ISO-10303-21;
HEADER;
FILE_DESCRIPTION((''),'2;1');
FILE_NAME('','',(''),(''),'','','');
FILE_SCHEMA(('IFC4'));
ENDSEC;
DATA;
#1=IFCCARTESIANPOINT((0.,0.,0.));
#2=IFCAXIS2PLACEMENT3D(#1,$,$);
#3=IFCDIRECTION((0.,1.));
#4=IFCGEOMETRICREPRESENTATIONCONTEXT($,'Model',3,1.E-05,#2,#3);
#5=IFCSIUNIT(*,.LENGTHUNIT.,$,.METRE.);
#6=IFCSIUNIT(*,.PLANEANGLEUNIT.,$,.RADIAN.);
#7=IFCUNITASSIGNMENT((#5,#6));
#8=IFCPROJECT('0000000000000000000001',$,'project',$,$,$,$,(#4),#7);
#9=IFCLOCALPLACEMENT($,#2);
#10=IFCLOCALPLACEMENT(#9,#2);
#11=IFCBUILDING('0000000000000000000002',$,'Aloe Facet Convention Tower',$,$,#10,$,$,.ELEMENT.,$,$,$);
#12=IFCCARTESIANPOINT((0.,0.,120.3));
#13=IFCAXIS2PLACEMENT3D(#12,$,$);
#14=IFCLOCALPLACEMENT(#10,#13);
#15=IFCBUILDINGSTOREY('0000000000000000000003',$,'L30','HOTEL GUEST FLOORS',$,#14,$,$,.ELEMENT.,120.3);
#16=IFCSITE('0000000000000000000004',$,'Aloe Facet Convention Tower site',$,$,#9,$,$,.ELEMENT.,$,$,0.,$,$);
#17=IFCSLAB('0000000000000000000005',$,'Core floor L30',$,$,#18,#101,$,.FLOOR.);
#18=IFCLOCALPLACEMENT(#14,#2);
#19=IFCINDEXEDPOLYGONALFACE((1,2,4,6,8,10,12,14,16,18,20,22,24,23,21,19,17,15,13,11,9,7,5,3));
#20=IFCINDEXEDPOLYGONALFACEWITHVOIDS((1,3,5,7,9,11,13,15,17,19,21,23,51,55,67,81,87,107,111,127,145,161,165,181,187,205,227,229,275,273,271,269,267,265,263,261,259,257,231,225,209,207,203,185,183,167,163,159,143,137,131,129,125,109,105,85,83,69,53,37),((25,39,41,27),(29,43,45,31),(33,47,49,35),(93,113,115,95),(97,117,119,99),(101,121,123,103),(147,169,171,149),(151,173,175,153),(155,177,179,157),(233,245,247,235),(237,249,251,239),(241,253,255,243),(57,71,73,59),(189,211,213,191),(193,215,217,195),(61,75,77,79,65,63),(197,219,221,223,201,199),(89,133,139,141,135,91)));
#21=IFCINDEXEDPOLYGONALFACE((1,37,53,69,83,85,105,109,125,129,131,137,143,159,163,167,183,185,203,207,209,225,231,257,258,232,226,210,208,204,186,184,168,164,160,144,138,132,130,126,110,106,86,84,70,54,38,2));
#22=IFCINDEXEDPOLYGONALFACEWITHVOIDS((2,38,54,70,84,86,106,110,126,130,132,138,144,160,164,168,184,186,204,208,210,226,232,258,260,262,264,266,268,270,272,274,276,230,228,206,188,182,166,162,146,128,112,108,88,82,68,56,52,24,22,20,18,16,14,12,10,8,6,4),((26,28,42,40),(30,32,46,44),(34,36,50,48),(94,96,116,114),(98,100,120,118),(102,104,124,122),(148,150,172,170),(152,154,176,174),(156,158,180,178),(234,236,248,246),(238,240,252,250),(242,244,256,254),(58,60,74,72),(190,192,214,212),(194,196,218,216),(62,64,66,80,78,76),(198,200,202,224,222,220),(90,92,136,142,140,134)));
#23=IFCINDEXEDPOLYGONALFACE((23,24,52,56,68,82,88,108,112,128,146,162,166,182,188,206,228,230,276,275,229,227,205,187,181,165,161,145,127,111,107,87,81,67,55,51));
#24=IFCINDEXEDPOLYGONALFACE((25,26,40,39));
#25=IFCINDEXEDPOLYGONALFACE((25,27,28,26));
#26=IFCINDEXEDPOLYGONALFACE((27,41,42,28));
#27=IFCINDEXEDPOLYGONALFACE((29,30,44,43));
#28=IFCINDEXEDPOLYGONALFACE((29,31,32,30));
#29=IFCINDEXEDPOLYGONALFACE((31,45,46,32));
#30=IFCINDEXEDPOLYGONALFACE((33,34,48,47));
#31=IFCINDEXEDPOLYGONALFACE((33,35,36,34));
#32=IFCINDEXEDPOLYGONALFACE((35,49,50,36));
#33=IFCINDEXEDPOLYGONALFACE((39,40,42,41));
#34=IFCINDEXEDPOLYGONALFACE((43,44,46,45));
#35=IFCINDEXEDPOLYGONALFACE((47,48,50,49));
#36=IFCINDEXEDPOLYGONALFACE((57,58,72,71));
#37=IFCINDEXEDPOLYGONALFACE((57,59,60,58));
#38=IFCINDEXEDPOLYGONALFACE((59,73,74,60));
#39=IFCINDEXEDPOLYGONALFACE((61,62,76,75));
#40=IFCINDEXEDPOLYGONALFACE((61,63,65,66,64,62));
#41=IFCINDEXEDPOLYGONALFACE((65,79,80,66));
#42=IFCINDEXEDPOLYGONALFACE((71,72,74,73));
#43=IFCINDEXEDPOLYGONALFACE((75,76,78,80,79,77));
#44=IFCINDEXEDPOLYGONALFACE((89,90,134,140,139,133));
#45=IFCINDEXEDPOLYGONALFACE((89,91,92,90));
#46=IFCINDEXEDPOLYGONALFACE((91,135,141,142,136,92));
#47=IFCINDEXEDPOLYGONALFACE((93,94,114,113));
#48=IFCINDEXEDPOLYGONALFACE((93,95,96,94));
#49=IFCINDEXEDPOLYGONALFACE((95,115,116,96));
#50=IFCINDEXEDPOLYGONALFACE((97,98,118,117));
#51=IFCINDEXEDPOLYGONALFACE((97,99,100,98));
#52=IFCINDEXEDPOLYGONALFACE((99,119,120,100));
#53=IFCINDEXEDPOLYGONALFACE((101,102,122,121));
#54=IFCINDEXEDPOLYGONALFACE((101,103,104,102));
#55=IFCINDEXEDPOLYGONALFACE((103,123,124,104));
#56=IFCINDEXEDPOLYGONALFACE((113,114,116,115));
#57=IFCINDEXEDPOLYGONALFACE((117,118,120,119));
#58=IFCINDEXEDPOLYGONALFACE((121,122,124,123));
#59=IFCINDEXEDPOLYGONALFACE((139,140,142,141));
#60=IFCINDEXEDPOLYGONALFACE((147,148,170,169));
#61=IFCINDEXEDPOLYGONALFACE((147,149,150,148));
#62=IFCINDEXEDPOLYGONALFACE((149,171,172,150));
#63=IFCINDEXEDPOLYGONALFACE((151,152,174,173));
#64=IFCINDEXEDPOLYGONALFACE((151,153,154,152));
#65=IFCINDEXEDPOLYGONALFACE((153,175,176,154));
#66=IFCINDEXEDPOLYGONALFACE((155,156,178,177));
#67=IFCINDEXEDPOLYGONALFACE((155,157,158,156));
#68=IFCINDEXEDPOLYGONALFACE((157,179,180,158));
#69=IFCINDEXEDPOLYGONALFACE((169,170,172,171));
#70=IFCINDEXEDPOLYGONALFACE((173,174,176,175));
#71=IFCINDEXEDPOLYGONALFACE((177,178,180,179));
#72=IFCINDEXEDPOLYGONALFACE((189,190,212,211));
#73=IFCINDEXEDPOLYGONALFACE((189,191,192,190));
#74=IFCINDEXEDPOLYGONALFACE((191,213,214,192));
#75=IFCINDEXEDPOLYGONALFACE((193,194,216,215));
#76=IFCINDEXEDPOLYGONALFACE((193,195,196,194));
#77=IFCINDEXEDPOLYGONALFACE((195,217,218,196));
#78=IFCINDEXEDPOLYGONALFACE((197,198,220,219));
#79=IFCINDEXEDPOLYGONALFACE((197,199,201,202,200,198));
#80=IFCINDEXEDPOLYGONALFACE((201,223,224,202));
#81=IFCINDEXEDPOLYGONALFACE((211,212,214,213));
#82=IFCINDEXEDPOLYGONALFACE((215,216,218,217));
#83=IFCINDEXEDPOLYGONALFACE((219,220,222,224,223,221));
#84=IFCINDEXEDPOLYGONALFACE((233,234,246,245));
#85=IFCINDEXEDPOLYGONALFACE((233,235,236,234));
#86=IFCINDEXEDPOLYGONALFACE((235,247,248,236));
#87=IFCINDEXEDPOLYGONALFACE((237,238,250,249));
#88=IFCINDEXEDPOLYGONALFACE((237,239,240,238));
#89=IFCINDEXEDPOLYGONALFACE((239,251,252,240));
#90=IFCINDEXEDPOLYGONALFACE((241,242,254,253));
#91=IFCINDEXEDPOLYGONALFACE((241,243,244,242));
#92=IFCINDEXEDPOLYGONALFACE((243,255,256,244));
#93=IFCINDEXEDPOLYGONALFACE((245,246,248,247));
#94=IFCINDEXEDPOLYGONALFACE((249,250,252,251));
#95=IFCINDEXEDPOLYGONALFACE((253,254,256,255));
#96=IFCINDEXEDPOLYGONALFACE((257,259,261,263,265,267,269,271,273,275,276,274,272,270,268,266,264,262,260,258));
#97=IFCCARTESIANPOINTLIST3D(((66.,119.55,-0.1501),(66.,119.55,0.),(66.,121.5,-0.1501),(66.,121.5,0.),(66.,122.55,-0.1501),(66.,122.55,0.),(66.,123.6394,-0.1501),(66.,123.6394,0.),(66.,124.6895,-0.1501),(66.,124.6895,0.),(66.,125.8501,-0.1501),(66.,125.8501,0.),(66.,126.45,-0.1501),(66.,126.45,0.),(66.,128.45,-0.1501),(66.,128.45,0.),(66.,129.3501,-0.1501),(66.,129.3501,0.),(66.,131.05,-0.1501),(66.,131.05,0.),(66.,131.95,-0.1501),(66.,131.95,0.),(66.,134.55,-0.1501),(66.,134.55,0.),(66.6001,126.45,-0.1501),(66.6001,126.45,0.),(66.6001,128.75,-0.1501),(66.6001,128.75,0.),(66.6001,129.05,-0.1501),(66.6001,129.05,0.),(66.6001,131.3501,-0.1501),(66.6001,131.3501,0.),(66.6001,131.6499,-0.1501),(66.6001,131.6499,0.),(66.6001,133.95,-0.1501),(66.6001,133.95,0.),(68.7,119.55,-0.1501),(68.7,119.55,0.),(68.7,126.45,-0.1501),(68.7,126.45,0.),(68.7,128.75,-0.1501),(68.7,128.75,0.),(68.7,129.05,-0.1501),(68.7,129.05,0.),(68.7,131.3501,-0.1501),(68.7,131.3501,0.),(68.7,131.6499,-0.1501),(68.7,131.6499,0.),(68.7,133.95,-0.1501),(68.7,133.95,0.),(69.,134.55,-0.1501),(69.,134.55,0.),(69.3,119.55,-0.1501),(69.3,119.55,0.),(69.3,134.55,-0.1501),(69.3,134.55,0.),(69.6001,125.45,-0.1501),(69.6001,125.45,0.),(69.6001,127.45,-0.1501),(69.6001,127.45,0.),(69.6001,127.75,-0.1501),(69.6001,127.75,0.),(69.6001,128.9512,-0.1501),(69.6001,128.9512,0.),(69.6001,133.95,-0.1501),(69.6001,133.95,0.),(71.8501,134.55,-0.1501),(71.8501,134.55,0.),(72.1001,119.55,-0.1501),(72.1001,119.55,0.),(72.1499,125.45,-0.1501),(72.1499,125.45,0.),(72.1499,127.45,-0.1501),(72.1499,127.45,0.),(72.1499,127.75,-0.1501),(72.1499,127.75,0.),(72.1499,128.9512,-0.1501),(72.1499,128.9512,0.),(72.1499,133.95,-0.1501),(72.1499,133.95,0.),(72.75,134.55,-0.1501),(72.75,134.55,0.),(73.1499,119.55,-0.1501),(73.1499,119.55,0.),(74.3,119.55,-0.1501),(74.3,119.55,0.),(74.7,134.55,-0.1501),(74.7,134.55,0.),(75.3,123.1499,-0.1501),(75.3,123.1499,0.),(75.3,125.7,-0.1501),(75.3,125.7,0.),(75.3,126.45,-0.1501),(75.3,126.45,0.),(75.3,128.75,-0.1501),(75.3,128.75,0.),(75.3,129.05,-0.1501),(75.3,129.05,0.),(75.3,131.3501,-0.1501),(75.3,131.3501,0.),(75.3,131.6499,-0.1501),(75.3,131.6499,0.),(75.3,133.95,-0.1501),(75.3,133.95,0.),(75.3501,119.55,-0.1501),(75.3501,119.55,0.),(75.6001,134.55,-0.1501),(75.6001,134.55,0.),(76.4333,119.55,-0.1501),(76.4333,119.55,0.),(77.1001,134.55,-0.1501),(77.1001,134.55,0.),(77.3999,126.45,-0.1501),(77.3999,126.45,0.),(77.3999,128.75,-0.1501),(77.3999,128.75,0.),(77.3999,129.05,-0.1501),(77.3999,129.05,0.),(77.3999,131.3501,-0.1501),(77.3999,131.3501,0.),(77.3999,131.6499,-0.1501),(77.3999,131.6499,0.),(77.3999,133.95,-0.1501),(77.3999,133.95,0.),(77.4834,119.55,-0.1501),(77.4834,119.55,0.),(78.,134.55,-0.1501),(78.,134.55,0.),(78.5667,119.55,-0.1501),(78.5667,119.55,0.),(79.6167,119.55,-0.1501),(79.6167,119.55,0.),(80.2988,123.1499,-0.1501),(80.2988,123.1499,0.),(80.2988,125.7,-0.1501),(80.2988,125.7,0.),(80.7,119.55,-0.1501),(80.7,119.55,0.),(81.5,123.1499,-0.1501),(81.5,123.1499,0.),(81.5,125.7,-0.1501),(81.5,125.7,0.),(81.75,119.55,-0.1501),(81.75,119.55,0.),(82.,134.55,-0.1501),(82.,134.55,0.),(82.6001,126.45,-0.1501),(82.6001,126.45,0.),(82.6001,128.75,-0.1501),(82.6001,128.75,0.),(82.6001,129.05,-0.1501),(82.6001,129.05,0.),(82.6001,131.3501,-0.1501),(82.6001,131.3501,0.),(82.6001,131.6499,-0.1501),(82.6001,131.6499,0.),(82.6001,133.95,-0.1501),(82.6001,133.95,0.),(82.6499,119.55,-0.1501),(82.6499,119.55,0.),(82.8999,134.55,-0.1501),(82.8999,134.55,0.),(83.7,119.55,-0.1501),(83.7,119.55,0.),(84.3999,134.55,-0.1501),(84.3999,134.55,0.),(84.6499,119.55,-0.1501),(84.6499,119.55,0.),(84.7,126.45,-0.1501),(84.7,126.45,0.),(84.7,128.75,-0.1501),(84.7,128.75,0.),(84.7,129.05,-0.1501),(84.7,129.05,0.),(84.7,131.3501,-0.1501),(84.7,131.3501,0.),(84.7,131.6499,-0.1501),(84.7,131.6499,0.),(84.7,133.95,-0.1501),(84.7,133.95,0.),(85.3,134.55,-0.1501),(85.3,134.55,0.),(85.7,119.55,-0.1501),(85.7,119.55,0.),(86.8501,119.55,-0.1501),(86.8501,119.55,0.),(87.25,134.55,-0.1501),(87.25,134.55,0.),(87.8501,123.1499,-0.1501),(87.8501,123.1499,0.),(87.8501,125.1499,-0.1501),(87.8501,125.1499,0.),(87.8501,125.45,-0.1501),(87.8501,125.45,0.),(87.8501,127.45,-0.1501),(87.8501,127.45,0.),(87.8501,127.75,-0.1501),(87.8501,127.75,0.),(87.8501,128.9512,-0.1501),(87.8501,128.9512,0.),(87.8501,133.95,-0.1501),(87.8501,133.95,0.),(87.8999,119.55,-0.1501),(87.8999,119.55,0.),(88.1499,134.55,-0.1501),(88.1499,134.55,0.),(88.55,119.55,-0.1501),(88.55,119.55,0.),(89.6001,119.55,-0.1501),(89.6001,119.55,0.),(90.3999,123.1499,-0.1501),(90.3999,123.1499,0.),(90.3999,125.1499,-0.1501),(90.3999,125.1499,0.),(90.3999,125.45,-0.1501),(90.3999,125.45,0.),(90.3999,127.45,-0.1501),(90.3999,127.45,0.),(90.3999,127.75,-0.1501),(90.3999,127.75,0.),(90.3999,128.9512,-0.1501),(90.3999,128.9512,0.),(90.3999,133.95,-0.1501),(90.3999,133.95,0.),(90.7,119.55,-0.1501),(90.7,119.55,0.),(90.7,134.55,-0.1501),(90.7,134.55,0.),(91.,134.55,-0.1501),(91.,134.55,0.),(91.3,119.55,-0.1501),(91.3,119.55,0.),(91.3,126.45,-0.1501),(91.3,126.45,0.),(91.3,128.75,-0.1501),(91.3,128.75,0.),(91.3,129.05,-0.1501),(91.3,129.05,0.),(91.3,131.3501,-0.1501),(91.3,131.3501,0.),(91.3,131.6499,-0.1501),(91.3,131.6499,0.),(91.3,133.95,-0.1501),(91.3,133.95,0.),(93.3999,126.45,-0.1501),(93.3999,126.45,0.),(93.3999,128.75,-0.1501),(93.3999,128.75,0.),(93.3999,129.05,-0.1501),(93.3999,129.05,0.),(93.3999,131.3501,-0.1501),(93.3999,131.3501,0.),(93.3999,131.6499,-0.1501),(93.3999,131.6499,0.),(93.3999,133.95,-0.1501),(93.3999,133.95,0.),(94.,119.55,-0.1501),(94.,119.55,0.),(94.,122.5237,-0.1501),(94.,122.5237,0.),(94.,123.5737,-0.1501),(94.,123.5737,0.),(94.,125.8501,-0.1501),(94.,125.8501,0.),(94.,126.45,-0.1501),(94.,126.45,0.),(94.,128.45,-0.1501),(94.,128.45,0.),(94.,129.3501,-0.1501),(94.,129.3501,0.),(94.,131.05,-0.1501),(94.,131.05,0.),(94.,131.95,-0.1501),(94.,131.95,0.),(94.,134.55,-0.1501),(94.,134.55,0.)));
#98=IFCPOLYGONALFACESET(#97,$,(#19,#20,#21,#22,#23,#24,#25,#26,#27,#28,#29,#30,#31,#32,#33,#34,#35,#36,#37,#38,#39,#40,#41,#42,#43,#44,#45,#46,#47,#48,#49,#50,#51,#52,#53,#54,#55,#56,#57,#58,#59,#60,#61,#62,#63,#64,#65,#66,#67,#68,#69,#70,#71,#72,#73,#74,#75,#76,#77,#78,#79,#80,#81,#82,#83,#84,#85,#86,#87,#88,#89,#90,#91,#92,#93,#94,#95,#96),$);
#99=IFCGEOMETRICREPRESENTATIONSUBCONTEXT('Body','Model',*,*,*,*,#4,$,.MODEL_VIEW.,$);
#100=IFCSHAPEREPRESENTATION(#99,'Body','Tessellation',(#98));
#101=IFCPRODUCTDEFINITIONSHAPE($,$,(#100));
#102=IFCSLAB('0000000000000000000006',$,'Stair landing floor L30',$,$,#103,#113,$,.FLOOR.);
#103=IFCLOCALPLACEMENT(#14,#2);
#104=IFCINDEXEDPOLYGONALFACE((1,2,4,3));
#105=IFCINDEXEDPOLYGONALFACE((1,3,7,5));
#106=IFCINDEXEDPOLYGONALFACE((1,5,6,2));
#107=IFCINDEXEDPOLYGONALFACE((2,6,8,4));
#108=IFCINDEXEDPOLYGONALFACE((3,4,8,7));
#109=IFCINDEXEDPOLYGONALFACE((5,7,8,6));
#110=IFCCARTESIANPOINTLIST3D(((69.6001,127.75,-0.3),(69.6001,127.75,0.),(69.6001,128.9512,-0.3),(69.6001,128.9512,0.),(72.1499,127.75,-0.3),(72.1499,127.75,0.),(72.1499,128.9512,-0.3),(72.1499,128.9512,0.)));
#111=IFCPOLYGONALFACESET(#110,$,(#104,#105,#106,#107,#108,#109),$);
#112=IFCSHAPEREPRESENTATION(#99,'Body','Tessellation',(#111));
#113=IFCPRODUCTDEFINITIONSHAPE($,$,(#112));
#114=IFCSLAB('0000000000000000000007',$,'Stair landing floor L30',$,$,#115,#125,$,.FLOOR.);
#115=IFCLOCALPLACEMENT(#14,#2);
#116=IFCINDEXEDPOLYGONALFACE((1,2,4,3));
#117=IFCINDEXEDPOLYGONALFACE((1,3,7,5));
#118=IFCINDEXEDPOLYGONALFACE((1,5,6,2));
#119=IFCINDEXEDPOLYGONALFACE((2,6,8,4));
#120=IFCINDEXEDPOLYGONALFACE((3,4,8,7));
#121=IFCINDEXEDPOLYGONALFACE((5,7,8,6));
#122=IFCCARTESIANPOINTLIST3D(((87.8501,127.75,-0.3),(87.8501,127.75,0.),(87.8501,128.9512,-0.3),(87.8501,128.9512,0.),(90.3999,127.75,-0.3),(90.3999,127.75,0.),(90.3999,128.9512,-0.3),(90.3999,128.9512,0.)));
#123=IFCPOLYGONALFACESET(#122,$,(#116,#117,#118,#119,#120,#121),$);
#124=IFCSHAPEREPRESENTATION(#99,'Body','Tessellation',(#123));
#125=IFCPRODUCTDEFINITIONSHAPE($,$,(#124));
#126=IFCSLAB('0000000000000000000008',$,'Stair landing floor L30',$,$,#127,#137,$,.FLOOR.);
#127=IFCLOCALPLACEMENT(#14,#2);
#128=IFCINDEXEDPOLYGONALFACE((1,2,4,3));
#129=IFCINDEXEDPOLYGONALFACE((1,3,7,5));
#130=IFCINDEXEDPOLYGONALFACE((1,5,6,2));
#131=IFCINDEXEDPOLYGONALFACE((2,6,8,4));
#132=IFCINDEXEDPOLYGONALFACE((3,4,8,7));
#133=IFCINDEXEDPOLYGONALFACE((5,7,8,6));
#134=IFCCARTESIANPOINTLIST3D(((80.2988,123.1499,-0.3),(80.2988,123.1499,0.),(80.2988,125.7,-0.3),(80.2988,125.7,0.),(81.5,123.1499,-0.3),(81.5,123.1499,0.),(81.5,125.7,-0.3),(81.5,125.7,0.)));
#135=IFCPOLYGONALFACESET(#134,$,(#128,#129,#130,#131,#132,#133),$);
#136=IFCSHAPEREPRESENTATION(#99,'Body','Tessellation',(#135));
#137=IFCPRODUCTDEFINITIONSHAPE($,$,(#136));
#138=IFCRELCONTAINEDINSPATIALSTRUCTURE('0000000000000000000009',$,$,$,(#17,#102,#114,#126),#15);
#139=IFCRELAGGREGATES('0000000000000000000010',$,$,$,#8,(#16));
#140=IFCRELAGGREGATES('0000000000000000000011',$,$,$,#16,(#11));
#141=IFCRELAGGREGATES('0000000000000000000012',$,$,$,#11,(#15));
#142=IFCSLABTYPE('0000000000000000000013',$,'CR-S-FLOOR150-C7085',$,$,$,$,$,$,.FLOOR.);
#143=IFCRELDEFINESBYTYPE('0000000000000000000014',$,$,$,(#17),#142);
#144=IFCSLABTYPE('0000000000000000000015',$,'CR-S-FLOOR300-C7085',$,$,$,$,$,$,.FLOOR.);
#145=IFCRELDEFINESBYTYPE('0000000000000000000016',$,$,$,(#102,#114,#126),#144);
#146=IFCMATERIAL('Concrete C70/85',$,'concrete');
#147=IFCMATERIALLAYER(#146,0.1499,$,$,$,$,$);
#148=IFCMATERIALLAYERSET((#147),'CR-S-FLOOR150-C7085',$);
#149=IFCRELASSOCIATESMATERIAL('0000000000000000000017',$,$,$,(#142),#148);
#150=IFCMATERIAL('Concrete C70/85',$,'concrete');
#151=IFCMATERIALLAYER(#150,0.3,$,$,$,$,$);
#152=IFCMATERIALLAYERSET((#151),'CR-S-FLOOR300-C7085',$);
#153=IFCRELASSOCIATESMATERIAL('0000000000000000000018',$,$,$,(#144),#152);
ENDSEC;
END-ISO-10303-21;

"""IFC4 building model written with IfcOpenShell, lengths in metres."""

from ifc_helpers import new_model, si_unit, direction, frame, origin, place, context, subcontext, project, spatial, polyline, outline, extrude, material, layer, layer_set, type_object, element, save


model = new_model("IFC4")

# Units and contexts
model_context = context("Model", 3, precision=1e-05, world=origin(), true_north=direction((0.0, 1.0)))
body_context = subcontext(model_context, "Body", "Model", "MODEL_VIEW")
ifc_project = project(units=[si_unit("LENGTHUNIT", "METRE"), si_unit("PLANEANGLEUNIT", "RADIAN")], contexts=[model_context])

# Site, building, storey
site_placement = place(None, origin())
site = spatial("IfcSite", under=ifc_project, at=site_placement, Name="Aloe Facet Convention Tower site", CompositionType="ELEMENT", RefElevation=0.0)
building_placement = place(site_placement, origin())
building = spatial("IfcBuilding", under=site, at=building_placement, Name="Aloe Facet Convention Tower", CompositionType="ELEMENT")
storey_placement = place(building_placement, frame((0.0, 0.0, 120.3)))
storey = spatial("IfcBuildingStorey", under=building, at=storey_placement, Name="L30", Description="HOTEL GUEST FLOORS", CompositionType="ELEMENT", Elevation=120.3)

# Slabs
ifc_material_1 = material(Name="Concrete C70/85", Category="concrete")
ifc_layer_1 = layer(ifc_material_1, 0.1499)
ifc_layer_set_1 = layer_set([ifc_layer_1], Name="CR-S-FLOOR150-C7085")
slab_type_1 = type_object("IfcSlabType", Name="CR-S-FLOOR150-C7085", PredefinedType="FLOOR", material=ifc_layer_set_1)
slab_1_placement = place(storey_placement, frame((0.0, 0.0, -0.1501)))
element("IfcSlab", 1, at=slab_1_placement, inside=storey, type_object=slab_type_1, Name="Core floor L30", PredefinedType="FLOOR", context=body_context, shape_type="SweptSolid", body=[
    extrude(outline(polyline([(69.3, 134.55), (71.8501, 134.55), (72.75, 134.55), (74.7, 134.55), (75.6001, 134.55), (77.1001, 134.55), (78.0, 134.55), (82.0, 134.55), (82.8999, 134.55), (84.3999, 134.55), (85.3, 134.55), (87.25, 134.55), (88.1499, 134.55), (90.7, 134.55), (91.0, 134.55), (94.0, 134.55), (94.0, 131.95), (94.0, 131.05), (94.0, 129.3501), (94.0, 128.45), (94.0, 126.45), (94.0, 125.8501), (94.0, 123.5737), (94.0, 122.5237), (94.0, 119.55), (91.3, 119.55), (90.7, 119.55), (89.6001, 119.55), (88.55, 119.55), (87.8999, 119.55), (86.8501, 119.55), (85.7, 119.55), (84.6499, 119.55), (83.7, 119.55), (82.6499, 119.55), (81.75, 119.55), (80.7, 119.55), (79.6167, 119.55), (78.5667, 119.55), (77.4834, 119.55), (76.4333, 119.55), (75.3501, 119.55), (74.3, 119.55), (73.1499, 119.55), (72.1001, 119.55), (69.3, 119.55), (68.7, 119.55), (66.0, 119.55), (66.0, 121.5), (66.0, 122.55), (66.0, 123.6394), (66.0, 124.6895), (66.0, 125.8501), (66.0, 126.45), (66.0, 128.45), (66.0, 129.3501), (66.0, 131.05), (66.0, 131.95), (66.0, 134.55), (69.0, 134.55), (69.3, 134.55)]), holes=[polyline([(75.3, 123.1499), (80.2988, 123.1499), (81.5, 123.1499), (81.5, 125.7), (80.2988, 125.7), (75.3, 125.7), (75.3, 123.1499)]), polyline([(69.6001, 125.45), (72.1499, 125.45), (72.1499, 127.45), (69.6001, 127.45), (69.6001, 125.45)]), polyline([(66.6001, 126.45), (68.7, 126.45), (68.7, 128.75), (66.6001, 128.75), (66.6001, 126.45)]), polyline([(75.3, 126.45), (77.3999, 126.45), (77.3999, 128.75), (75.3, 128.75), (75.3, 126.45)]), polyline([(66.6001, 129.05), (68.7, 129.05), (68.7, 131.3501), (66.6001, 131.3501), (66.6001, 129.05)]), polyline([(75.3, 129.05), (77.3999, 129.05), (77.3999, 131.3501), (75.3, 131.3501), (75.3, 129.05)]), polyline([(69.6001, 133.95), (69.6001, 128.9512), (69.6001, 127.75), (72.1499, 127.75), (72.1499, 128.9512), (72.1499, 133.95), (69.6001, 133.95)]), polyline([(66.6001, 133.95), (66.6001, 131.6499), (68.7, 131.6499), (68.7, 133.95), (66.6001, 133.95)]), polyline([(75.3, 133.95), (75.3, 131.6499), (77.3999, 131.6499), (77.3999, 133.95), (75.3, 133.95)]), polyline([(87.8501, 123.1499), (90.3999, 123.1499), (90.3999, 125.1499), (87.8501, 125.1499), (87.8501, 123.1499)]), polyline([(87.8501, 125.45), (90.3999, 125.45), (90.3999, 127.45), (87.8501, 127.45), (87.8501, 125.45)]), polyline([(82.6001, 126.45), (84.7, 126.45), (84.7, 128.75), (82.6001, 128.75), (82.6001, 126.45)]), polyline([(91.3, 126.45), (93.3999, 126.45), (93.3999, 128.75), (91.3, 128.75), (91.3, 126.45)]), polyline([(82.6001, 129.05), (84.7, 129.05), (84.7, 131.3501), (82.6001, 131.3501), (82.6001, 129.05)]), polyline([(91.3, 129.05), (93.3999, 129.05), (93.3999, 131.3501), (91.3, 131.3501), (91.3, 129.05)]), polyline([(87.8501, 133.95), (87.8501, 128.9512), (87.8501, 127.75), (90.3999, 127.75), (90.3999, 128.9512), (90.3999, 133.95), (87.8501, 133.95)]), polyline([(82.6001, 133.95), (82.6001, 131.6499), (84.7, 131.6499), (84.7, 133.95), (82.6001, 133.95)]), polyline([(91.3, 133.95), (91.3, 131.6499), (93.3999, 131.6499), (93.3999, 133.95), (91.3, 133.95)])]), origin(), (0.0, 0.0, 1.0), 0.1501),
])
ifc_material_2 = material(Name="Concrete C70/85", Category="concrete")
ifc_layer_2 = layer(ifc_material_2, 0.3)
ifc_layer_set_2 = layer_set([ifc_layer_2], Name="CR-S-FLOOR300-C7085")
slab_type_2 = type_object("IfcSlabType", Name="CR-S-FLOOR300-C7085", PredefinedType="FLOOR", material=ifc_layer_set_2)
slab_2_placement = place(storey_placement, frame((0.0, 0.0, -0.3)))
element("IfcSlab", 2, at=slab_2_placement, inside=storey, type_object=slab_type_2, Name="Stair landing floor L30", PredefinedType="FLOOR", context=body_context, shape_type="SweptSolid", body=[
    extrude(outline(polyline([(72.1499, 127.75), (72.1499, 128.9512), (69.6001, 128.9512), (69.6001, 127.75), (72.1499, 127.75)])), origin(), (0.0, 0.0, 1.0), 0.3),
])
slab_3_placement = place(storey_placement, frame((0.0, 0.0, -0.3)))
element("IfcSlab", 3, at=slab_3_placement, inside=storey, type_object=slab_type_2, Name="Stair landing floor L30", PredefinedType="FLOOR", context=body_context, shape_type="SweptSolid", body=[
    extrude(outline(polyline([(90.3999, 127.75), (90.3999, 128.9512), (87.8501, 128.9512), (87.8501, 127.75), (90.3999, 127.75)])), origin(), (0.0, 0.0, 1.0), 0.3),
])
slab_4_placement = place(storey_placement, frame((0.0, 0.0, -0.3)))
element("IfcSlab", 4, at=slab_4_placement, inside=storey, type_object=slab_type_2, Name="Stair landing floor L30", PredefinedType="FLOOR", context=body_context, shape_type="SweptSolid", body=[
    extrude(outline(polyline([(81.5, 125.7), (80.2988, 125.7), (80.2988, 123.1499), (81.5, 123.1499), (81.5, 125.7)])), origin(), (0.0, 0.0, 1.0), 0.3),
])

save(model, "model.ifc")
